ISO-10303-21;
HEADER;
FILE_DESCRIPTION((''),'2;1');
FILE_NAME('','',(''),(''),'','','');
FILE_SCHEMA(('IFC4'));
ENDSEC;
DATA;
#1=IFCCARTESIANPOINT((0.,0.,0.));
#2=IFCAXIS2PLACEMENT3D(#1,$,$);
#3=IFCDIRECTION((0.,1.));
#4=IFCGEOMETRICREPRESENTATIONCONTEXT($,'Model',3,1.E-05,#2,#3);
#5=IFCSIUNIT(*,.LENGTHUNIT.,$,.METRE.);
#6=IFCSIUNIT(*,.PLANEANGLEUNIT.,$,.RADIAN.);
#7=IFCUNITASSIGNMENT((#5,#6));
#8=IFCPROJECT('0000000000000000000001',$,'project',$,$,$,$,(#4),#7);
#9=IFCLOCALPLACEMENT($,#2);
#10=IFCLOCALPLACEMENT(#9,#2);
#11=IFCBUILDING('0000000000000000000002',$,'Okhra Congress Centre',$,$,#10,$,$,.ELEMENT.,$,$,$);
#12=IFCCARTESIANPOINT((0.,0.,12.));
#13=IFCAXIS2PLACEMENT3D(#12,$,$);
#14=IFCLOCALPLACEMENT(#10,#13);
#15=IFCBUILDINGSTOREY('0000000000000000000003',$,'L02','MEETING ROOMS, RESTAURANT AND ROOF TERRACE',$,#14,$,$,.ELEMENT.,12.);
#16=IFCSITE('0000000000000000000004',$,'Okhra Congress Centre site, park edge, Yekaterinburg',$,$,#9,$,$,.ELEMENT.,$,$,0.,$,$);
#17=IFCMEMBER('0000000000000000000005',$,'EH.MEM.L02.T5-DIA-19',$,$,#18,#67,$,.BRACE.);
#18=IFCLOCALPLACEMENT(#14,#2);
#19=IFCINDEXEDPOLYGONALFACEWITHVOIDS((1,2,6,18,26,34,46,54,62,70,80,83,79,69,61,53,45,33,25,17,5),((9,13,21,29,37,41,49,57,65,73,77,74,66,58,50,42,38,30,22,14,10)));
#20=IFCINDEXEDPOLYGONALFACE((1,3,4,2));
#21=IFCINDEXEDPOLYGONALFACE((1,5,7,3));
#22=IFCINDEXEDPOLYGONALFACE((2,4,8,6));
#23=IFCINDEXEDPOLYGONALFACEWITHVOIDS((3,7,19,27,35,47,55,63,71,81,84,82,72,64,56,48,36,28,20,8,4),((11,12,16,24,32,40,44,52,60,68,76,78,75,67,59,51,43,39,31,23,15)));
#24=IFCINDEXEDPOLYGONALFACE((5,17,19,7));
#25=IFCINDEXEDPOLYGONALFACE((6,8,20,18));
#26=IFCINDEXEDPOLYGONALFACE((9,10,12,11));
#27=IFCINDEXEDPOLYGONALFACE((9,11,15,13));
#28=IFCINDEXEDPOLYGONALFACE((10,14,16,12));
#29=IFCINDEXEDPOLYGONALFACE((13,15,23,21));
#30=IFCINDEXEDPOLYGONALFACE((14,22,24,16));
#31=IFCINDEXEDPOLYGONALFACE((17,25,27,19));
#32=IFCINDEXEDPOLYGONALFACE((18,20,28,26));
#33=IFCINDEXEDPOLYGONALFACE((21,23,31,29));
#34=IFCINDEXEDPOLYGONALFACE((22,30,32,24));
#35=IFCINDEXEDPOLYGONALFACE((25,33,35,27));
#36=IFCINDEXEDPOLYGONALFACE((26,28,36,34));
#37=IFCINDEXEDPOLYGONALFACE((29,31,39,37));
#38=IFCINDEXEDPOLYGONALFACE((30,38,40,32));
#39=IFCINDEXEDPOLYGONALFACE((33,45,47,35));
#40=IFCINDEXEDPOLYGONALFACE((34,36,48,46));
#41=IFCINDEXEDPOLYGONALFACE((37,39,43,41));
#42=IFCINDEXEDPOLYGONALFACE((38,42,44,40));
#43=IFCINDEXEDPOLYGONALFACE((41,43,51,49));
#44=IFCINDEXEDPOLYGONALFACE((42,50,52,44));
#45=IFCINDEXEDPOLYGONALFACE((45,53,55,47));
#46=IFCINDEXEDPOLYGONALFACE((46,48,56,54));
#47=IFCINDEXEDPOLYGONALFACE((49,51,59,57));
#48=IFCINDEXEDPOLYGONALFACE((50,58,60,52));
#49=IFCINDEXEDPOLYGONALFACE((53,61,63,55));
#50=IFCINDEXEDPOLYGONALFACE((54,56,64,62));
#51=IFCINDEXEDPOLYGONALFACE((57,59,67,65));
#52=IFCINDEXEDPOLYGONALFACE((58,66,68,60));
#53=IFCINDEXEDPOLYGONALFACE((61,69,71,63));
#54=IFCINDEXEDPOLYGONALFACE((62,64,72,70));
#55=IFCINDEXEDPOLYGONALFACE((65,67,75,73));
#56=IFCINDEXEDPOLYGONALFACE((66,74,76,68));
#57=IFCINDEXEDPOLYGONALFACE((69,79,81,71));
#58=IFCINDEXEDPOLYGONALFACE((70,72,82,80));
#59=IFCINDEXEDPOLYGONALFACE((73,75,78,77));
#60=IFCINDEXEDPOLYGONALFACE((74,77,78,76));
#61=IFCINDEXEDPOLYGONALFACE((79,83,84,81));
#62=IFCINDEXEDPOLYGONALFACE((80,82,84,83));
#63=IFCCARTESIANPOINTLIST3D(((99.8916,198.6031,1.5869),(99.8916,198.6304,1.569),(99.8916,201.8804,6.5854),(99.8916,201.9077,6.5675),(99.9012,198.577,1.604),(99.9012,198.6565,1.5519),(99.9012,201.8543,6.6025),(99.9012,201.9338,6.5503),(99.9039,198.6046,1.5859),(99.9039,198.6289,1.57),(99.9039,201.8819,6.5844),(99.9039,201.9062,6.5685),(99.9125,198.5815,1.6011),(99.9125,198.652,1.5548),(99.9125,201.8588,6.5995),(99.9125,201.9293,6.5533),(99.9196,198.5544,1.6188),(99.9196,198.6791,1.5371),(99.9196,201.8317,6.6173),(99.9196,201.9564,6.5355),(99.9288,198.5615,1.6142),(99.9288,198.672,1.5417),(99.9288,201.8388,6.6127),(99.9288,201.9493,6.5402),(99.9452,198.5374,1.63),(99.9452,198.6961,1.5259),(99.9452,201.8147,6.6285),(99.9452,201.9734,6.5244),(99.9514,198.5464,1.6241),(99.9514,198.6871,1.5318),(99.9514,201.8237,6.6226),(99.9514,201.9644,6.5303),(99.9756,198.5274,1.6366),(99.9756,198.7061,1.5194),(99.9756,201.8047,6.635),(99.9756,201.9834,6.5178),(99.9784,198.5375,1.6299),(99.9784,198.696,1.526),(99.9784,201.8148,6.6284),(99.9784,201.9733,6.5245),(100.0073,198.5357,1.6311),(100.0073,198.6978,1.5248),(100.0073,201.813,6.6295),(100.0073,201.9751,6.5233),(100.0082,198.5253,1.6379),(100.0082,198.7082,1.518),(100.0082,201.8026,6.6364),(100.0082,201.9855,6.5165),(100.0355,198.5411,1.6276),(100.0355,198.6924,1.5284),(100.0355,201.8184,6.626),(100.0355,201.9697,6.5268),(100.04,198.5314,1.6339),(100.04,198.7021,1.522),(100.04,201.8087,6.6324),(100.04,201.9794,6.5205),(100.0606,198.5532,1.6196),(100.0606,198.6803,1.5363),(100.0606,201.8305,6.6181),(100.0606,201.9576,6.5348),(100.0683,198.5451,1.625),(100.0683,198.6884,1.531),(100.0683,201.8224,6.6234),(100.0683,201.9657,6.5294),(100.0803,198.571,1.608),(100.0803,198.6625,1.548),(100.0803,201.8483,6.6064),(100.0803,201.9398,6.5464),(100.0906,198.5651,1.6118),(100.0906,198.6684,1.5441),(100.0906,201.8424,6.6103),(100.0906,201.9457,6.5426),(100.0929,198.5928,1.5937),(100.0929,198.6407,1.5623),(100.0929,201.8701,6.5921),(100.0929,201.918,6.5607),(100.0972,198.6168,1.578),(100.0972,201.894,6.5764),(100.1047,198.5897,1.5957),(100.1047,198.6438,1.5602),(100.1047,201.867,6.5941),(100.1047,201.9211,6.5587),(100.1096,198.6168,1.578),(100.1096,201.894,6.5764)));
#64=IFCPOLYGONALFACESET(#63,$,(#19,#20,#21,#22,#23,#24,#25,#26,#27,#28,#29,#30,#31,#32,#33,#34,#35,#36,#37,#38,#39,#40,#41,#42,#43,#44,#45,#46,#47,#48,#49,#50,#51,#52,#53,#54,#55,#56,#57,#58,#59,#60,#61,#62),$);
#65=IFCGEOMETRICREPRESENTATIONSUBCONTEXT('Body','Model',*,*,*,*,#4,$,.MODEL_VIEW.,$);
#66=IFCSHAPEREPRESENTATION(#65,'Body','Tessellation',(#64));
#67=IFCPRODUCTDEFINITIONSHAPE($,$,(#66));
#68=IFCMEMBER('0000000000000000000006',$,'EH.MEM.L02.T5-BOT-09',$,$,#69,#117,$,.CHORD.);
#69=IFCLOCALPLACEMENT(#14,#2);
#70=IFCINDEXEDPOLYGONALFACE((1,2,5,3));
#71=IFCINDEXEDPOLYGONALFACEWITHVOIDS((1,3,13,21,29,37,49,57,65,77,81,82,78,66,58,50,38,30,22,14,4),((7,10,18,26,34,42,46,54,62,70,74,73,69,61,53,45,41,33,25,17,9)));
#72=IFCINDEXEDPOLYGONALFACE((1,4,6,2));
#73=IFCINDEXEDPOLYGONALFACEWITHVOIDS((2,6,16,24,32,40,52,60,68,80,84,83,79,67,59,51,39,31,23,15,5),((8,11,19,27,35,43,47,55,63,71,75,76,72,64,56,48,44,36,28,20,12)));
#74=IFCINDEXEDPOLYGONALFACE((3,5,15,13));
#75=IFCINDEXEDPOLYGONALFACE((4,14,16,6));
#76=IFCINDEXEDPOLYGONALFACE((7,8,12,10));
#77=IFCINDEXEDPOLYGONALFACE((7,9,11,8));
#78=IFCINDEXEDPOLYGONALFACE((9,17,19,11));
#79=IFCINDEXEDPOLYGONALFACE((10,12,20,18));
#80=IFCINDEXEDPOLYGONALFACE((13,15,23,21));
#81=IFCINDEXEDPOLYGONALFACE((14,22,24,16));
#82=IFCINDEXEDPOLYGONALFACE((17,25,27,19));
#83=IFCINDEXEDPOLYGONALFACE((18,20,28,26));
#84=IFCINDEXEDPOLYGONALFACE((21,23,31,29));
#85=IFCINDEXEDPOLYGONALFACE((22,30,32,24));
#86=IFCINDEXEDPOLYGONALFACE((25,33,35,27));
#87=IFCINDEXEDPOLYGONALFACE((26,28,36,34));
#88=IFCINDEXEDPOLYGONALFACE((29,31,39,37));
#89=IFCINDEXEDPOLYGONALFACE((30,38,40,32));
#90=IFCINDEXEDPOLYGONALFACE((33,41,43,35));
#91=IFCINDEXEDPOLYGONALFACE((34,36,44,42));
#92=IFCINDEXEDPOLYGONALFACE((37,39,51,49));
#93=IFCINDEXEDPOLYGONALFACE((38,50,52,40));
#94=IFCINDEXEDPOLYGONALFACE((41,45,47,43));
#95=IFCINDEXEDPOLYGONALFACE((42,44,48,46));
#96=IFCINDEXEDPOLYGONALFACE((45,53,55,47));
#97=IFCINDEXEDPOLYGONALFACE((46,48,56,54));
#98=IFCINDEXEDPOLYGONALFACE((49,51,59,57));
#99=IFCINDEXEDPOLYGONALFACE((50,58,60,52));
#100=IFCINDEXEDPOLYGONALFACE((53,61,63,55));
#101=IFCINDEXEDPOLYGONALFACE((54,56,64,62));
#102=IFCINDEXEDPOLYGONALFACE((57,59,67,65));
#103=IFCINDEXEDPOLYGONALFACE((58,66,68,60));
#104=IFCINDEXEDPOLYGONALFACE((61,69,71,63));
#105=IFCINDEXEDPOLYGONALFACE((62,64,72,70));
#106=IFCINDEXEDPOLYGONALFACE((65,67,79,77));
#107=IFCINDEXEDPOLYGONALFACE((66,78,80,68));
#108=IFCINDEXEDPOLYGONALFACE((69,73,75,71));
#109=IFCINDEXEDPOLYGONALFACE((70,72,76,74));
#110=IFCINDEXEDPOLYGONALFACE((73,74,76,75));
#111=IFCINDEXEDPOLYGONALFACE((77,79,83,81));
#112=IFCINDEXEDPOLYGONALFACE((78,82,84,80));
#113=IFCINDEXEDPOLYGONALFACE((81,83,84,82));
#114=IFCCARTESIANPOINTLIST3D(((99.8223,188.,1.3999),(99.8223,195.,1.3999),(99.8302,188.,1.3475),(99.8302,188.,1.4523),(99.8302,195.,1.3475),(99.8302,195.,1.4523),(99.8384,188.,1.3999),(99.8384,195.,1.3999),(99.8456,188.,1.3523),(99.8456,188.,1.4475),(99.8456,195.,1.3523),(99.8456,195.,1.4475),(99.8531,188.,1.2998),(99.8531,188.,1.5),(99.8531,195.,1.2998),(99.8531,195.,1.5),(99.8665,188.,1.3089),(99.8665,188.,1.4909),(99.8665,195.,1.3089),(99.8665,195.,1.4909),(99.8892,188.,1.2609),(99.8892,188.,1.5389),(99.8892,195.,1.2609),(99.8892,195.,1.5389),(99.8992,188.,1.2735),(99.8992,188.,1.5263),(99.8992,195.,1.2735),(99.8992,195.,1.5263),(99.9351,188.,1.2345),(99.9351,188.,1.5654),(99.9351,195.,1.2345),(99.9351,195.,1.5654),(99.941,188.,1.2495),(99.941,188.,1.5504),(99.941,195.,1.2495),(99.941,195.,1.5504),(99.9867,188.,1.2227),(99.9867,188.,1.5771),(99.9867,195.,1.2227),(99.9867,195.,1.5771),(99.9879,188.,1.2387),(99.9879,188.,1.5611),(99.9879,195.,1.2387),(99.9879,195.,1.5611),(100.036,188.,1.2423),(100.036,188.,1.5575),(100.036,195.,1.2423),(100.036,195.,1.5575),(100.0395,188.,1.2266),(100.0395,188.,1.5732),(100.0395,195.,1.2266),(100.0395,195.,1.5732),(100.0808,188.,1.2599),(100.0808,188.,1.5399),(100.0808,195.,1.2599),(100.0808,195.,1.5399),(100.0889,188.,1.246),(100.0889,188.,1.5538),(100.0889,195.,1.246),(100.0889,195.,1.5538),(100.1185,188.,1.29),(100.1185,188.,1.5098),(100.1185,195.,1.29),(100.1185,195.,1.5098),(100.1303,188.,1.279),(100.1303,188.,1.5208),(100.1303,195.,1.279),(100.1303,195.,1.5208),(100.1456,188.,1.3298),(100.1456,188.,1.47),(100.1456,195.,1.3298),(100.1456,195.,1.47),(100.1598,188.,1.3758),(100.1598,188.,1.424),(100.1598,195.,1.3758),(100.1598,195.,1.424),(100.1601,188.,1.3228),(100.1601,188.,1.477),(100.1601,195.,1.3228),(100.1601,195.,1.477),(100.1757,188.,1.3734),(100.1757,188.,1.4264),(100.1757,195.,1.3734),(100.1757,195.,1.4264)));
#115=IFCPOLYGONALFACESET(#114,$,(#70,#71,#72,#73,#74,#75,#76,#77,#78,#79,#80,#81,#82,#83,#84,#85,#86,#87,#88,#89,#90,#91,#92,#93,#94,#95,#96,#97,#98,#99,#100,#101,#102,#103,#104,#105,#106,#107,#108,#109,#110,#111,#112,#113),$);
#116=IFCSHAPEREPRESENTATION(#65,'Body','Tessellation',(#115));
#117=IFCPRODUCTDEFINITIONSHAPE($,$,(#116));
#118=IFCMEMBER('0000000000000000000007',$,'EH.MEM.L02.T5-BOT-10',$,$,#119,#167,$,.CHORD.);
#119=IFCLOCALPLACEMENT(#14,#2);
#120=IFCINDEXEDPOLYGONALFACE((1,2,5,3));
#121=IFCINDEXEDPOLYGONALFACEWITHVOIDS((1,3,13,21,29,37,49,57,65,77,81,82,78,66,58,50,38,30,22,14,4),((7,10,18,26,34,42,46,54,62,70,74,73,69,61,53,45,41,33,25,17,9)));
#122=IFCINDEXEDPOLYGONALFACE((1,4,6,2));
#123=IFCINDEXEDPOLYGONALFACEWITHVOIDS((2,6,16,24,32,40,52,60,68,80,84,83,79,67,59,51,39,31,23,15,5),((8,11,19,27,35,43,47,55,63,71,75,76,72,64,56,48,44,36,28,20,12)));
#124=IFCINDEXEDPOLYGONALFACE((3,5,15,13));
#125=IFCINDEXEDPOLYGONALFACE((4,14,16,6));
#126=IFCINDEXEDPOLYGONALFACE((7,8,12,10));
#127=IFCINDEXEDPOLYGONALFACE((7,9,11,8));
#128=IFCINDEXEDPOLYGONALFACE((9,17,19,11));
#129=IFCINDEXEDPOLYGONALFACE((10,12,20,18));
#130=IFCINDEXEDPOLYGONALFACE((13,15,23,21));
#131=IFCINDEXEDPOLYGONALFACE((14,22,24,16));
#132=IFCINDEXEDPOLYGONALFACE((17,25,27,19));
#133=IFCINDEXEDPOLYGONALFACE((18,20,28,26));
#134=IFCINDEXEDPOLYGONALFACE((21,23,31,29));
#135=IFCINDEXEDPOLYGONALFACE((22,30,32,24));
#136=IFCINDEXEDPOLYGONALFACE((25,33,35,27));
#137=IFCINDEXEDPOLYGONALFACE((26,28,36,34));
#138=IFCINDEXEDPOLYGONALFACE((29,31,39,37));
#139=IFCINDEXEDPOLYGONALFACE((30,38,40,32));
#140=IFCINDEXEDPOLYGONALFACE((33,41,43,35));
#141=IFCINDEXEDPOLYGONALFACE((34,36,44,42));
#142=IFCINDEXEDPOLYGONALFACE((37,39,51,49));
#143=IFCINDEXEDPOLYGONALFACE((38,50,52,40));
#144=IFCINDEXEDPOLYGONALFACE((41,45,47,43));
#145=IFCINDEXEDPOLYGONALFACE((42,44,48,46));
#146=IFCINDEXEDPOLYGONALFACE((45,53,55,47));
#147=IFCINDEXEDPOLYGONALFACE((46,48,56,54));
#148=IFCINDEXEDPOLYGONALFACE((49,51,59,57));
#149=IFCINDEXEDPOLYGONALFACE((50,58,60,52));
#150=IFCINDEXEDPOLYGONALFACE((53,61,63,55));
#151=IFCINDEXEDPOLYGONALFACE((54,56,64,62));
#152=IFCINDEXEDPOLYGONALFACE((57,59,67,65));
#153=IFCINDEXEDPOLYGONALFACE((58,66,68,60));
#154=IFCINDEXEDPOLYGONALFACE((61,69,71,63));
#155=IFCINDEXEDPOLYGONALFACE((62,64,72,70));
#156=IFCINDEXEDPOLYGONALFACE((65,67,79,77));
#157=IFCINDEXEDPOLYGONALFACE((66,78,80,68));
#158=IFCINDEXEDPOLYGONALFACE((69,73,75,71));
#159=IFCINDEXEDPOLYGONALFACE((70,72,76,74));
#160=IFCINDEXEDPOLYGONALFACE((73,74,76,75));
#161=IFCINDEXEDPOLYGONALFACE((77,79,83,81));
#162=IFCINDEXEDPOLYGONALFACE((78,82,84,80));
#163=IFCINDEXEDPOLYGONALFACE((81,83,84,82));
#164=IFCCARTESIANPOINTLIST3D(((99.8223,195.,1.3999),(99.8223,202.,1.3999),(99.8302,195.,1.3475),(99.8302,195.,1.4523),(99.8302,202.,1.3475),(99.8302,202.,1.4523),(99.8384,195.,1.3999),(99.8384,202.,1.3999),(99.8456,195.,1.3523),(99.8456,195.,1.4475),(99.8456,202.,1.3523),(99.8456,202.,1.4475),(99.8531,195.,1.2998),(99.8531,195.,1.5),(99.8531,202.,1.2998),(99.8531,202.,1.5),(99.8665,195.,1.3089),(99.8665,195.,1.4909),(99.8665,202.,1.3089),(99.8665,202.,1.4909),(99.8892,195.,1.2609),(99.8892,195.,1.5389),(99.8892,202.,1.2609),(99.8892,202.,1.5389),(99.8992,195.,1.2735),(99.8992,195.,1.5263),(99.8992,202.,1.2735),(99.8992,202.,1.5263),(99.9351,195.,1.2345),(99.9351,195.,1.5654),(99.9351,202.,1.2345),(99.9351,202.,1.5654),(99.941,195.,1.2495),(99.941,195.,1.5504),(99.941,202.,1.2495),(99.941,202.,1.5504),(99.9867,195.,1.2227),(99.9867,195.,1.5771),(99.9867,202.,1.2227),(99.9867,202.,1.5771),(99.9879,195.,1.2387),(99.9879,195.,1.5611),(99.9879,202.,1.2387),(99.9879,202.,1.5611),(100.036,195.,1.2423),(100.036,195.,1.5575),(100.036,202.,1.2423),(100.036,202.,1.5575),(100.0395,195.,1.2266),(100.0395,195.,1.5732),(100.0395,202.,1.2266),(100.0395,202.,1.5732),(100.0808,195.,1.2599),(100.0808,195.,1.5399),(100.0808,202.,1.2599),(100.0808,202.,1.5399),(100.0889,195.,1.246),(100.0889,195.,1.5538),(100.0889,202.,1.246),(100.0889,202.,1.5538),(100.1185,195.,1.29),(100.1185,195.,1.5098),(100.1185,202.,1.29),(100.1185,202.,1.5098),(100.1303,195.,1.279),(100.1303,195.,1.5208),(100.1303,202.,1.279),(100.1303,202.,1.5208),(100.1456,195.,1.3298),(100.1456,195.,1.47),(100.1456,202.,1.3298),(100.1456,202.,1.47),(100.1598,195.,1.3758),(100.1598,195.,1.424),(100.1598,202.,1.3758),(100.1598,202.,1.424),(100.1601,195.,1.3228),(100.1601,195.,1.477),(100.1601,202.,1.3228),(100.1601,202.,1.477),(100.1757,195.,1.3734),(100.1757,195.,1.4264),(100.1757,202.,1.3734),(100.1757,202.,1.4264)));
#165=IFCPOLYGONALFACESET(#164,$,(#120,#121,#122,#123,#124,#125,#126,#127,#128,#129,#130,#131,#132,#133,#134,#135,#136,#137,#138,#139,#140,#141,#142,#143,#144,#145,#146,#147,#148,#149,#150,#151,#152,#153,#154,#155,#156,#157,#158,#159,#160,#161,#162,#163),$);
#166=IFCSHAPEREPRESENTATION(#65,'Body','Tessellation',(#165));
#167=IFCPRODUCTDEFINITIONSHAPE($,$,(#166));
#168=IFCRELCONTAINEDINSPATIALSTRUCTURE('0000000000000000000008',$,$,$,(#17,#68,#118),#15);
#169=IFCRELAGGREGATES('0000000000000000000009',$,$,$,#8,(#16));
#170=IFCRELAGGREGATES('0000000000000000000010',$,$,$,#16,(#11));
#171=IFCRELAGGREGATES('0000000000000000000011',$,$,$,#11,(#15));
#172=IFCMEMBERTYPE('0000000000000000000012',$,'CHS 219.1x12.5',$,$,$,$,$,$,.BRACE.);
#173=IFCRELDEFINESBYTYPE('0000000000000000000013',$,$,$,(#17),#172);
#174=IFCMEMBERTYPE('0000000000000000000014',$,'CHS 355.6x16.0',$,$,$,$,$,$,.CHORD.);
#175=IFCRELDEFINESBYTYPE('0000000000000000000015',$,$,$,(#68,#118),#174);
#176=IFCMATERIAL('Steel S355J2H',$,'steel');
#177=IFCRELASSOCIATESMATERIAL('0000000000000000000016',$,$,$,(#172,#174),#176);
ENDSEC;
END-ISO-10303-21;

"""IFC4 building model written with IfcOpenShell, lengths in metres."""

from ifc_helpers import new_model, si_unit, direction, frame, origin, origin_2d, place, context, subcontext, project, spatial, hollow_circle, extrude, material, material_profile, profile_set, type_object, element, save


model = new_model("IFC4")

# Units and contexts
model_context = context("Model", 3, precision=1e-05, world=origin(), true_north=direction((0.0, 1.0)))
body_context = subcontext(model_context, "Body", "Model", "MODEL_VIEW")
ifc_project = project(units=[si_unit("LENGTHUNIT", "METRE"), si_unit("PLANEANGLEUNIT", "RADIAN")], contexts=[model_context])

# Site, building, storey
site_placement = place(None, origin())
site = spatial("IfcSite", under=ifc_project, at=site_placement, Name="Okhra Congress Centre site, park edge, Yekaterinburg", CompositionType="ELEMENT", RefElevation=0.0)
building_placement = place(site_placement, origin())
building = spatial("IfcBuilding", under=site, at=building_placement, Name="Okhra Congress Centre", CompositionType="ELEMENT")
storey_placement = place(building_placement, frame((0.0, 0.0, 12.0)))
storey = spatial("IfcBuildingStorey", under=building, at=storey_placement, Name="L02", Description="MEETING ROOMS, RESTAURANT AND ROOF TERRACE", CompositionType="ELEMENT", Elevation=12.0)

# Members
ifc_material_1 = material(Name="Steel S355J2H", Category="steel")
ifc_material_profile_1 = material_profile(ifc_material_1, hollow_circle(Radius=0.1096, WallThickness=0.0125, at=origin_2d()), Name="CHS 219.1x12.5")
ifc_profile_set_1 = profile_set([ifc_material_profile_1], Name="Steel S355J2H")
member_type_1 = type_object("IfcMemberType", Name="CHS 219.1x12.5", PredefinedType="BRACE", material=ifc_profile_set_1)
member_1_placement = place(storey_placement, frame((100.0, 201.894, 6.5764), z_axis=(0.0, -0.548312, -0.836274), x_axis=(1.0, 0.0, 0.0)))
element("IfcMember", 1, at=member_1_placement, inside=storey, type_object=member_type_1, Name="EH.MEM.L02.T5-DIA-19", PredefinedType="BRACE", context=body_context, shape_type="SweptSolid", body=[
    extrude(hollow_circle(Radius=0.1096, WallThickness=0.0125, at=origin_2d()), origin(), (0.0, 0.0, 1.0), 5.9771),
])
ifc_material_profile_2 = material_profile(ifc_material_1, hollow_circle(Radius=0.1777, WallThickness=0.0161, at=origin_2d()), Name="CHS 355.6x16.0")
ifc_profile_set_2 = profile_set([ifc_material_profile_2], Name="Steel S355J2H")
member_type_2 = type_object("IfcMemberType", Name="CHS 355.6x16.0", PredefinedType="CHORD", material=ifc_profile_set_2)
for number, where, z_axis, x_axis, name in (
    (2, (100.0, 188.0, 1.3999), (0.0, 1.0, 0.0), (-1.0, 0.0, 0.0), "EH.MEM.L02.T5-BOT-09"),
    (3, (100.0, 195.0, 1.3999), (0.0, 1.0, 0.0), (-1.0, 0.0, 0.0), "EH.MEM.L02.T5-BOT-10"),
):
    element("IfcMember", number, at=place(storey_placement, frame(where, z_axis=z_axis, x_axis=x_axis)), inside=storey, type_object=member_type_2, Name=name, PredefinedType="CHORD", context=body_context, shape_type="SweptSolid", body=[
        extrude(hollow_circle(Radius=0.1777, WallThickness=0.0161, at=origin_2d()), origin(), (0.0, 0.0, 1.0), 7.0),
    ])

save(model, "model.ifc")
